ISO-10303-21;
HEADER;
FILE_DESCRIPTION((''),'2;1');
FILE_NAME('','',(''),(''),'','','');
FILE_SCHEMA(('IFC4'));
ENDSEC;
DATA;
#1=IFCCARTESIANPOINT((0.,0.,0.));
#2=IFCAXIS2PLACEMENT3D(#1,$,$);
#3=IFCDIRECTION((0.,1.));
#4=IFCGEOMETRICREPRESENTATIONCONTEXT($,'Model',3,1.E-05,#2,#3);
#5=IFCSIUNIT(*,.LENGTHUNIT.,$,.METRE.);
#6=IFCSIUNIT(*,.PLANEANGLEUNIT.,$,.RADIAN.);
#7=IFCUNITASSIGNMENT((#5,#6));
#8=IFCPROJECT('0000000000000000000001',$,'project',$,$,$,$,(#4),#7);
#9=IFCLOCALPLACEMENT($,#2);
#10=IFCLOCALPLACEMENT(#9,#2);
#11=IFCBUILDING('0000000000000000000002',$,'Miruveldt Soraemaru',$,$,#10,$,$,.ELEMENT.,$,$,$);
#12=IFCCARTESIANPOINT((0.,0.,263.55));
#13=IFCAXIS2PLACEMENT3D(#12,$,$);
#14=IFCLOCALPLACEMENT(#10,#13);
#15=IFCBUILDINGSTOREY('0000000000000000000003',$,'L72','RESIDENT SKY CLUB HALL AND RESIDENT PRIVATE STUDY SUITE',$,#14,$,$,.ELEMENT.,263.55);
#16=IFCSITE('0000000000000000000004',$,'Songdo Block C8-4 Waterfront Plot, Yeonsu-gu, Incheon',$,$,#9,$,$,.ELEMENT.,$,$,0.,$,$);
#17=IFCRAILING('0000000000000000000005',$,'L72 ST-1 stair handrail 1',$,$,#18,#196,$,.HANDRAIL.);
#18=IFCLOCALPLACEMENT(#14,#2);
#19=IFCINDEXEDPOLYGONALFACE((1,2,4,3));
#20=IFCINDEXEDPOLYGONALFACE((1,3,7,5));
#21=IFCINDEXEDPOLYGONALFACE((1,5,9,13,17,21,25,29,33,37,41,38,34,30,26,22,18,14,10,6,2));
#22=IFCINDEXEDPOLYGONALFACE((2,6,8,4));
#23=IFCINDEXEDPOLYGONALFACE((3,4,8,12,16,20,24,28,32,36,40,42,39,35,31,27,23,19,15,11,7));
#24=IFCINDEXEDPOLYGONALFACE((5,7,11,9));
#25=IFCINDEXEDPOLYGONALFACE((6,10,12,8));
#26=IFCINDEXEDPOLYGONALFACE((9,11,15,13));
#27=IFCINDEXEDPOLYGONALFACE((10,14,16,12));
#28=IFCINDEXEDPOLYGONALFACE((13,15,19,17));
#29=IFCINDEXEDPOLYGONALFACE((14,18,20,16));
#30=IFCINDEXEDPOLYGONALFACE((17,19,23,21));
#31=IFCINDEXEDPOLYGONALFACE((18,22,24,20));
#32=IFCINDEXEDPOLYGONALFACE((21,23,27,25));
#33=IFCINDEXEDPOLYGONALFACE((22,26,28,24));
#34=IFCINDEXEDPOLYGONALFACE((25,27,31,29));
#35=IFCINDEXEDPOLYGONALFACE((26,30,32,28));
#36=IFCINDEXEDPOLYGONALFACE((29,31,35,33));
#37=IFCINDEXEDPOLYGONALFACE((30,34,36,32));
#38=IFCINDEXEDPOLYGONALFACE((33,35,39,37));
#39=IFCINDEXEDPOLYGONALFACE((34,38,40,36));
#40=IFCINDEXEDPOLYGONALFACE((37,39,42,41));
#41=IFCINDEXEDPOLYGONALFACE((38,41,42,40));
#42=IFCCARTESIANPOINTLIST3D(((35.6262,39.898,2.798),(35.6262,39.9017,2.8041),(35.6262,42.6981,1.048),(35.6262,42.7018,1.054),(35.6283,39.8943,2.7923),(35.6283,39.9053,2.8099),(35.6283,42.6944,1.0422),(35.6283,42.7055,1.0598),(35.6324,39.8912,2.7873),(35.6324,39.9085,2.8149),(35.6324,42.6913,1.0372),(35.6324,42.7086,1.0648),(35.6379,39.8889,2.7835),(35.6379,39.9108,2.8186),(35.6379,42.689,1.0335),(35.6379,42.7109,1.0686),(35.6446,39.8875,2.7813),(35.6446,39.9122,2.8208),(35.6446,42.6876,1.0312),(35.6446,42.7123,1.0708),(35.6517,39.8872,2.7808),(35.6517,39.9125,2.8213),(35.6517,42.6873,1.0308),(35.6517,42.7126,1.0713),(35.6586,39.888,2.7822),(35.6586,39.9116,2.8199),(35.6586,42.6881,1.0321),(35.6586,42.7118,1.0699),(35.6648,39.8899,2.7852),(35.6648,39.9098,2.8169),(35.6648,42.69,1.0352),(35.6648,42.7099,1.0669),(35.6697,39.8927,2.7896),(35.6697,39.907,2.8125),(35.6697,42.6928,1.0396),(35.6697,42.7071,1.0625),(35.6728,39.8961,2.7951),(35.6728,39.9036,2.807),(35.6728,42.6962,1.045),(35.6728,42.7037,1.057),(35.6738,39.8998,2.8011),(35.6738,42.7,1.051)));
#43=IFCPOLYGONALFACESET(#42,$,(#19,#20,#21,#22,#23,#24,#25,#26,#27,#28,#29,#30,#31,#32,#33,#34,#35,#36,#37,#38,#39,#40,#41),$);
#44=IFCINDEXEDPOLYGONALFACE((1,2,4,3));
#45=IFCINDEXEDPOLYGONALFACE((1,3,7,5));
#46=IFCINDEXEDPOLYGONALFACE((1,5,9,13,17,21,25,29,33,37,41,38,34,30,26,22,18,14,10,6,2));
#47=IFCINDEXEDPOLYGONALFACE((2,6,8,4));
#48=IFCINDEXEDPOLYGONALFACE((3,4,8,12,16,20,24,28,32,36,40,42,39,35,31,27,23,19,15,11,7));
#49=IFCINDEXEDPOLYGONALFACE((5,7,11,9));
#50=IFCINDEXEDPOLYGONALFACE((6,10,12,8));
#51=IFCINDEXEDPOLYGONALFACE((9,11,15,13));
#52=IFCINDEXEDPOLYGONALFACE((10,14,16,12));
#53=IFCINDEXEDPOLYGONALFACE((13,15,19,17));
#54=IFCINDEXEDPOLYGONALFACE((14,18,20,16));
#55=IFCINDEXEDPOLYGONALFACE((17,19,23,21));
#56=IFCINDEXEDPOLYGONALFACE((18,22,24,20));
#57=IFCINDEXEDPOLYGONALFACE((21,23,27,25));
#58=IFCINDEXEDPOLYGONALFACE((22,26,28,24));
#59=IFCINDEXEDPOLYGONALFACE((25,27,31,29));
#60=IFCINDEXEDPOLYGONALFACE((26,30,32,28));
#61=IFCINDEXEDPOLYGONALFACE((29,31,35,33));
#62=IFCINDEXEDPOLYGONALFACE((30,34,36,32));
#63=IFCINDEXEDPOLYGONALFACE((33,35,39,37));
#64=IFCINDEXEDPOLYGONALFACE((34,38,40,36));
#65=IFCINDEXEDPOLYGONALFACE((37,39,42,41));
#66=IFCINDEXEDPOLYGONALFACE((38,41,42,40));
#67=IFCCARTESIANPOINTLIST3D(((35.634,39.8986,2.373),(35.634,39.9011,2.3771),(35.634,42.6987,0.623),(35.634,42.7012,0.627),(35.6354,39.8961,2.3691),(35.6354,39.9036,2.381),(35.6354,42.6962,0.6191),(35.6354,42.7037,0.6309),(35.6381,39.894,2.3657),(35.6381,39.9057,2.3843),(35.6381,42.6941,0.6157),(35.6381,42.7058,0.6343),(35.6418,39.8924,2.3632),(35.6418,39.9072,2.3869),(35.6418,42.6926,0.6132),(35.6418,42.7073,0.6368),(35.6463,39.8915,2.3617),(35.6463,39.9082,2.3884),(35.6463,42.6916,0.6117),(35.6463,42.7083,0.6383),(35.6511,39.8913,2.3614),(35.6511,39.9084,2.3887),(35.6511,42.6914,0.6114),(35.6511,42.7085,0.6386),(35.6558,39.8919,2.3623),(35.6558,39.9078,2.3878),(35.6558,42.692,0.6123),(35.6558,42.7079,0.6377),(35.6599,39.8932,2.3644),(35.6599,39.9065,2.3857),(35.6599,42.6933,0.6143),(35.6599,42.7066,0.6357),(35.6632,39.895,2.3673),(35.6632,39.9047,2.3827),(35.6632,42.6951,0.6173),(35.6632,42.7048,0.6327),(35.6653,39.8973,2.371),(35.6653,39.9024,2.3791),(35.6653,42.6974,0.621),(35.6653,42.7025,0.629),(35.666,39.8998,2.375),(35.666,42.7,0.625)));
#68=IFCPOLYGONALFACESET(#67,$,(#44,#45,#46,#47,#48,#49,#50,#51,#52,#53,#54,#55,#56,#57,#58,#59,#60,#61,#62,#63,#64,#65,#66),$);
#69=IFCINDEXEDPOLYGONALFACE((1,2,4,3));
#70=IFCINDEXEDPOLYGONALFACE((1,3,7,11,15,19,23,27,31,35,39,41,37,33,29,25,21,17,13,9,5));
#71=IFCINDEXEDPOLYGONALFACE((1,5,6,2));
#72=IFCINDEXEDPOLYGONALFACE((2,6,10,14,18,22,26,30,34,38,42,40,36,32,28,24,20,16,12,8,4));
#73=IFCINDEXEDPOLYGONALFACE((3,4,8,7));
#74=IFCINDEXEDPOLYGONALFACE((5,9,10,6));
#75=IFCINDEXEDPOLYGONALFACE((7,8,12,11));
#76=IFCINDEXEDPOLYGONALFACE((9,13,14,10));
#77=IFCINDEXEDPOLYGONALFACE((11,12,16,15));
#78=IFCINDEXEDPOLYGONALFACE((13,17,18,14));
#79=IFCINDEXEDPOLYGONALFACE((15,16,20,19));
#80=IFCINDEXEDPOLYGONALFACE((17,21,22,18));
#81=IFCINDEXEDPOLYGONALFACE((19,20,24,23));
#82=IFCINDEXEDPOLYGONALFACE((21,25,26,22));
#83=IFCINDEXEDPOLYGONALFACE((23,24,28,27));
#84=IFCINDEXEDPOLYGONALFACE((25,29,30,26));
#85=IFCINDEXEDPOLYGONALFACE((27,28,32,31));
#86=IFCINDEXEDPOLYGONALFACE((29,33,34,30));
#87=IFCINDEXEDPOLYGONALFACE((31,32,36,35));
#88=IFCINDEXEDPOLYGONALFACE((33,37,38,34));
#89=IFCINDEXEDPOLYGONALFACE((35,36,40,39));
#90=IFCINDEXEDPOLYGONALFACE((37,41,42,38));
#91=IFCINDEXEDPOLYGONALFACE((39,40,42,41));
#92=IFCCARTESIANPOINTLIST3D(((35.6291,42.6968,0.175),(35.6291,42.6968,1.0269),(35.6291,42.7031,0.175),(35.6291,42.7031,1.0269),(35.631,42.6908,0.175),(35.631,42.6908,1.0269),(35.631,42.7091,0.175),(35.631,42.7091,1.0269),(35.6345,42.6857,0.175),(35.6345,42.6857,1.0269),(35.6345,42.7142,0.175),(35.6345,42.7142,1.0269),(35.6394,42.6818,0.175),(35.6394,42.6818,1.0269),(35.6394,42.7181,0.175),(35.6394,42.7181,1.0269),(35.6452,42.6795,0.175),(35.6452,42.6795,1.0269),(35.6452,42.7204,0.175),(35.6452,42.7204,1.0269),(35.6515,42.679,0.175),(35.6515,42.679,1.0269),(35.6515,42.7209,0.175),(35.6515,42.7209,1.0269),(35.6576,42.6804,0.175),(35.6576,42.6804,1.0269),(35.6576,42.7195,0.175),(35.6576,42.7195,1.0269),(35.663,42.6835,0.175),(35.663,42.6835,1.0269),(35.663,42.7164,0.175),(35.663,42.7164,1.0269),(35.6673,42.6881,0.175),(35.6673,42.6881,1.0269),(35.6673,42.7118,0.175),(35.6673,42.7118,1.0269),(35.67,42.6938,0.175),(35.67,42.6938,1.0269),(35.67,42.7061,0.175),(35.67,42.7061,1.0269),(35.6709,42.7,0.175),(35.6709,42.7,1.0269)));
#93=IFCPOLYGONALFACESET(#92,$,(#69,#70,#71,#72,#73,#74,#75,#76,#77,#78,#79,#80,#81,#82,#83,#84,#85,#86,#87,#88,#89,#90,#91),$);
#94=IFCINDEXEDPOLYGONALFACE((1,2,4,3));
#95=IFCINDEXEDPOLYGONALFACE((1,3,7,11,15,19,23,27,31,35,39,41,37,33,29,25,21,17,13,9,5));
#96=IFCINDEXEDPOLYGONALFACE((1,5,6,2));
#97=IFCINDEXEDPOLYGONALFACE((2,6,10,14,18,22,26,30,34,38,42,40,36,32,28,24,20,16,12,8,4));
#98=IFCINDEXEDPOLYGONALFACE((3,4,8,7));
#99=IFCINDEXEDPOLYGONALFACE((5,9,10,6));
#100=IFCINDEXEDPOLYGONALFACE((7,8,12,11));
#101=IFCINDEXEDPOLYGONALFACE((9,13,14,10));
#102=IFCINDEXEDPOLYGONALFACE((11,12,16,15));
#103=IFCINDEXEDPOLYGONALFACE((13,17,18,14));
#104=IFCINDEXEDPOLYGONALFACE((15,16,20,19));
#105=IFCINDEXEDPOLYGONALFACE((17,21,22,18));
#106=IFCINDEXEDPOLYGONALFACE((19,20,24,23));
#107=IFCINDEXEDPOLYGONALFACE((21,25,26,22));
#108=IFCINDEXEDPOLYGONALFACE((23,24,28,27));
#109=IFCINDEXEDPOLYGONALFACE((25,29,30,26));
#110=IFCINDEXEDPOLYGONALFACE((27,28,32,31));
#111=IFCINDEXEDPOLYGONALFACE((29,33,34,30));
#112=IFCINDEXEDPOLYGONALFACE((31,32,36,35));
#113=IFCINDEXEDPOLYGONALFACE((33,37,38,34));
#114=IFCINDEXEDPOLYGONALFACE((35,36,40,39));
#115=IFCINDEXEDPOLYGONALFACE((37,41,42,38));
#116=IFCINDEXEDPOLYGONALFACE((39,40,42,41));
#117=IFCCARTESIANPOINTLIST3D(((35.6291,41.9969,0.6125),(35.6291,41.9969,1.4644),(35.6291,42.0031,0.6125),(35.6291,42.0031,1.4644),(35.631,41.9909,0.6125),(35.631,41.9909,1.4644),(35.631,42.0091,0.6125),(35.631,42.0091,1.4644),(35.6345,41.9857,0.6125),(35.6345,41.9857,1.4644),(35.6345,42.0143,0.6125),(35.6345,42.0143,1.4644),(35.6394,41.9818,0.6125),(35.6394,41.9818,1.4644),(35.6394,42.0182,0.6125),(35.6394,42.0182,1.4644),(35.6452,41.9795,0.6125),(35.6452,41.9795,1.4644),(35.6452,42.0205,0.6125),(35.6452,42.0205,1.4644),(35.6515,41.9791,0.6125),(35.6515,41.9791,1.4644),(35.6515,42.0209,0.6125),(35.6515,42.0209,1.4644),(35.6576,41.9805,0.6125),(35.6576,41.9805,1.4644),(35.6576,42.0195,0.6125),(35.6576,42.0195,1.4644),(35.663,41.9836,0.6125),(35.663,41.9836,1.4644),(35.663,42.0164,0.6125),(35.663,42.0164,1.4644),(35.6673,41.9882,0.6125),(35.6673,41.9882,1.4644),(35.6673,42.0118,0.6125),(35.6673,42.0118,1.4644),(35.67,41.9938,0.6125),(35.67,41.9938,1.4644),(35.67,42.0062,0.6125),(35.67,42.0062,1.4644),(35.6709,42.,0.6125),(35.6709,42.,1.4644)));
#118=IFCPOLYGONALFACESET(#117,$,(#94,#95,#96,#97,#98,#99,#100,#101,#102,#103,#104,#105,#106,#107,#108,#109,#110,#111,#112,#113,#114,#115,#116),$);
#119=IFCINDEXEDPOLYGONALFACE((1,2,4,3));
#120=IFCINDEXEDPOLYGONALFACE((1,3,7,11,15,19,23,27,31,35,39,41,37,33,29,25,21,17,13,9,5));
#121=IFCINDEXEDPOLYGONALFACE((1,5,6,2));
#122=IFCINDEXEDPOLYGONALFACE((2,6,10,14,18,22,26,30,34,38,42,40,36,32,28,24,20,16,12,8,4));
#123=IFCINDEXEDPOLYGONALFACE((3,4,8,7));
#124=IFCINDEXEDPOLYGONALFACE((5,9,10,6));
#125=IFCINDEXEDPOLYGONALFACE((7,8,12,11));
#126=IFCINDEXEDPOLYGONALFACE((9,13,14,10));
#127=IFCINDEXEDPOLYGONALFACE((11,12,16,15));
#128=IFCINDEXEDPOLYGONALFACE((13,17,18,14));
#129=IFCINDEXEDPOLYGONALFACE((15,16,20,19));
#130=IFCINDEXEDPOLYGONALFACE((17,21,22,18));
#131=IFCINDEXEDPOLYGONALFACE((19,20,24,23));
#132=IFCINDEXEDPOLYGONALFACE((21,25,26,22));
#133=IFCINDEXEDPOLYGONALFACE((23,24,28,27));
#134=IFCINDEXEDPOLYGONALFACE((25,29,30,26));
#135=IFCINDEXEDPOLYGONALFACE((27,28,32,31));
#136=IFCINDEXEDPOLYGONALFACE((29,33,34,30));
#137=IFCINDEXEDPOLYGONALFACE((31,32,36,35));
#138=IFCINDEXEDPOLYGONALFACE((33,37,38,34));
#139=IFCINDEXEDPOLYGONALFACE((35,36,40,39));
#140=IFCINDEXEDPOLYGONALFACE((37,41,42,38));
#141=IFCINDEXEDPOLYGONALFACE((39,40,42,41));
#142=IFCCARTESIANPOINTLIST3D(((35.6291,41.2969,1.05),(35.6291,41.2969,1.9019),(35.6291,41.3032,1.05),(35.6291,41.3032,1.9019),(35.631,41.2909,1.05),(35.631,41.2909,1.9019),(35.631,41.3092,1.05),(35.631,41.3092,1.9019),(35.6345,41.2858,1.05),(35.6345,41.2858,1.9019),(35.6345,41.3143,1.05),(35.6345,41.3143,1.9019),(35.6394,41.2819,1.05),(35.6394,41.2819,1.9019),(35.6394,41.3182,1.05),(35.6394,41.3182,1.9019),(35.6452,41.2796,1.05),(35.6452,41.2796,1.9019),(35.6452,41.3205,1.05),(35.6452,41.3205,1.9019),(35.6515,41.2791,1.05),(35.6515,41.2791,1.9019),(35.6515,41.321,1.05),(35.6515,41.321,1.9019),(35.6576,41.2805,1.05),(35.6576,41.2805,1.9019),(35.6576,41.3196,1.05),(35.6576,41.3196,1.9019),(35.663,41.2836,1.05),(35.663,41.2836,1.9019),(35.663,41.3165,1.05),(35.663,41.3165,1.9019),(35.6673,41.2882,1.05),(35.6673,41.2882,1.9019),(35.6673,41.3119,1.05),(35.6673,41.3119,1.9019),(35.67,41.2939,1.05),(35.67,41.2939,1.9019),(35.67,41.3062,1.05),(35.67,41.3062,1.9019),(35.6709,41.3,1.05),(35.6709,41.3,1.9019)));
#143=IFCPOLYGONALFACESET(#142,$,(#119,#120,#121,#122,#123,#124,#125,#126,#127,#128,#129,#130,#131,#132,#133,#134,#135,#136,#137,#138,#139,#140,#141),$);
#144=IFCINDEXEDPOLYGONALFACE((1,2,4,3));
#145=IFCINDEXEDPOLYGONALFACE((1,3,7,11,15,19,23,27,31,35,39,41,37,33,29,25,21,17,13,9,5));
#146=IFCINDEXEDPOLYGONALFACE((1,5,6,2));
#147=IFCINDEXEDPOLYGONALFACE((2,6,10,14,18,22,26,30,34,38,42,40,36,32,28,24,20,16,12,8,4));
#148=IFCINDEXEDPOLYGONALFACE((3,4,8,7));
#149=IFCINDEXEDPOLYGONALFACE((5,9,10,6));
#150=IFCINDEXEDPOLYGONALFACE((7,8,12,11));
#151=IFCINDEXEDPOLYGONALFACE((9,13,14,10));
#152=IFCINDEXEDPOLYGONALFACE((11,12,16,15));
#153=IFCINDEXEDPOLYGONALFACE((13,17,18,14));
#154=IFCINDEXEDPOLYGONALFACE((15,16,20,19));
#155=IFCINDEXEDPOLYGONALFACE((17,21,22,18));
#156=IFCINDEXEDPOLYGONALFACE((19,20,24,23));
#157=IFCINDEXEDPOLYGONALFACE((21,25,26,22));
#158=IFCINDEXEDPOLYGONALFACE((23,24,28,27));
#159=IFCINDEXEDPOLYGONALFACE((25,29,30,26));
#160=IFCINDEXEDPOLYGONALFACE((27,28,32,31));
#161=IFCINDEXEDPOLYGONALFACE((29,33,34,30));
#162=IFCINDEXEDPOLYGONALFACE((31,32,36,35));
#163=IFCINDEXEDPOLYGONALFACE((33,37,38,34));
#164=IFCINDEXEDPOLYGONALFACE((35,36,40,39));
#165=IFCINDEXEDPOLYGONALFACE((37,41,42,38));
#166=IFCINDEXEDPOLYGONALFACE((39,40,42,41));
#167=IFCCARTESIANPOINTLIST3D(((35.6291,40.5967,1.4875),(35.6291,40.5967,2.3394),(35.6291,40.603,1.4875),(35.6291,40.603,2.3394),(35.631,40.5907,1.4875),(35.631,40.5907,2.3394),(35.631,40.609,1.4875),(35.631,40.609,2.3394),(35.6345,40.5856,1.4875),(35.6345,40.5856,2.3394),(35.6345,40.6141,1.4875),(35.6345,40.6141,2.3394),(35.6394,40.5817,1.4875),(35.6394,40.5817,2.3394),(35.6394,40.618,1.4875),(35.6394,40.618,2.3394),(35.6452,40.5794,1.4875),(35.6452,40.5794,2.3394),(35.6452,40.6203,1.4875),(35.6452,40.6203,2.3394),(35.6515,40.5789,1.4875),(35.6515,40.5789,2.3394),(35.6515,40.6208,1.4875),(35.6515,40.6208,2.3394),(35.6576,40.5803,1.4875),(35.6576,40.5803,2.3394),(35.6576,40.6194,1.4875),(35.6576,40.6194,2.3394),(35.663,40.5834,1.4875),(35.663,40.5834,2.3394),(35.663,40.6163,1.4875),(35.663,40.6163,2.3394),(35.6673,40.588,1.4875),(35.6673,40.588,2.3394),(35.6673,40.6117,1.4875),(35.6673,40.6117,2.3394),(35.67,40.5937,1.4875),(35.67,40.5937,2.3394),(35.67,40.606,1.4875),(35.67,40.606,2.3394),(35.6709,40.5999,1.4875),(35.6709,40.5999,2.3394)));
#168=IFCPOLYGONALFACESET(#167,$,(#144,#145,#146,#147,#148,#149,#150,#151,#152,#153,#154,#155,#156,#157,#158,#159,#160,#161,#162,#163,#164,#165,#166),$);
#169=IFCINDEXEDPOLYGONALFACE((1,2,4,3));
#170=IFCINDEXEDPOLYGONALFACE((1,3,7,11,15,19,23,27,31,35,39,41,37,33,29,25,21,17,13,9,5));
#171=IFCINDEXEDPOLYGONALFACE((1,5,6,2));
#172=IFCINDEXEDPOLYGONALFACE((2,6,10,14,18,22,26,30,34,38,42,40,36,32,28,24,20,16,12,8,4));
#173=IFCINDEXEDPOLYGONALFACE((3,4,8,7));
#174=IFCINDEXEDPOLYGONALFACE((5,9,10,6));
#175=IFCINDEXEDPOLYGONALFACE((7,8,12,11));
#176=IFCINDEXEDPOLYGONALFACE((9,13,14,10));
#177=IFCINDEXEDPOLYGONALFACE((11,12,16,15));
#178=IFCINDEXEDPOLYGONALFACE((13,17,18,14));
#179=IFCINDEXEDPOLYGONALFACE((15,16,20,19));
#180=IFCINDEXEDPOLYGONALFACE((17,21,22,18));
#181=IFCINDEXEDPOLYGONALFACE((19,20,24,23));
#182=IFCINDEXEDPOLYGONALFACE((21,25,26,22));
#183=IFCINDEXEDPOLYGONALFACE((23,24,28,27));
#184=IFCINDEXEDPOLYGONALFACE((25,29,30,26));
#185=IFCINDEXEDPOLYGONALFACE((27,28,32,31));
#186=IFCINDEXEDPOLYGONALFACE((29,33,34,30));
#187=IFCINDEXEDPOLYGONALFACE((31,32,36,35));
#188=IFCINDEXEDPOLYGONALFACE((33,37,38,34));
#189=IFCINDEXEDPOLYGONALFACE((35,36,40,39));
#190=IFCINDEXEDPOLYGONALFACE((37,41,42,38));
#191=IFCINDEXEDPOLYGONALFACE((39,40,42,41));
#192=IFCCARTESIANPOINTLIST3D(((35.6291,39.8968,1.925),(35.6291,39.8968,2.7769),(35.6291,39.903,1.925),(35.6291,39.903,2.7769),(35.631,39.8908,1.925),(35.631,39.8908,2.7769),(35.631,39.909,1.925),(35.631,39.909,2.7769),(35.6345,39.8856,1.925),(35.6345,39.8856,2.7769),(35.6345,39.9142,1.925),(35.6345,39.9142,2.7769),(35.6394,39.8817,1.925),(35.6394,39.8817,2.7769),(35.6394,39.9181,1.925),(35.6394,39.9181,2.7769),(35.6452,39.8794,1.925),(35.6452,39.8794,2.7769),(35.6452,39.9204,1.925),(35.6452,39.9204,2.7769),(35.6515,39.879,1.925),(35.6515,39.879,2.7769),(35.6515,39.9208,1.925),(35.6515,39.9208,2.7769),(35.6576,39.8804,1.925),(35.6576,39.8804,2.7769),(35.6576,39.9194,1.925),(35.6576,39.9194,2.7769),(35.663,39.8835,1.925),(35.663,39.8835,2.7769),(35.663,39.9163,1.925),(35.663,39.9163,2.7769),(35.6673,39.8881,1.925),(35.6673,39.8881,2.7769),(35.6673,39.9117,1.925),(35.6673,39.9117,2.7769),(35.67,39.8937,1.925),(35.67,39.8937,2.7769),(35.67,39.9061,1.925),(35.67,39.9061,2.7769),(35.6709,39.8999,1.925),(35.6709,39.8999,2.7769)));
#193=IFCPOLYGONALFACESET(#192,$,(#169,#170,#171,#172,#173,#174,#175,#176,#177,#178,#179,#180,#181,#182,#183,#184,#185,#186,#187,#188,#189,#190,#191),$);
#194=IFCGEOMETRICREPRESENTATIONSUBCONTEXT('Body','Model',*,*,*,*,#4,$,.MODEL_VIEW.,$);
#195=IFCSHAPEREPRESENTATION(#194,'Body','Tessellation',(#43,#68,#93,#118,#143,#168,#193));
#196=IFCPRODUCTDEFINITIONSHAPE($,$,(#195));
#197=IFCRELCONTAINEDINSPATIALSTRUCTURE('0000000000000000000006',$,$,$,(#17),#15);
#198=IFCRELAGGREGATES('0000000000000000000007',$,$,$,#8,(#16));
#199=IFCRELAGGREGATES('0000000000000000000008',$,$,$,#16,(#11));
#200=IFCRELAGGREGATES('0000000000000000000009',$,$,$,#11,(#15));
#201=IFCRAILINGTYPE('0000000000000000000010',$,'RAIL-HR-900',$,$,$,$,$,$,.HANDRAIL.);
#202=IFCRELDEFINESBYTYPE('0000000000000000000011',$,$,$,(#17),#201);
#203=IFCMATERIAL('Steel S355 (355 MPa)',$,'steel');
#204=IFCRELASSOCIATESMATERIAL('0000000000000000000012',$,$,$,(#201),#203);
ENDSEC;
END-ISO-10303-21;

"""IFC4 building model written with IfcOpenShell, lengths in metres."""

from ifc_helpers import new_model, si_unit, direction, frame, origin, origin_2d, place, context, subcontext, project, spatial, circle, extrude, material, type_object, element, save


model = new_model("IFC4")

# Units and contexts
model_context = context("Model", 3, precision=1e-05, world=origin(), true_north=direction((0.0, 1.0)))
body_context = subcontext(model_context, "Body", "Model", "MODEL_VIEW")
ifc_project = project(units=[si_unit("LENGTHUNIT", "METRE"), si_unit("PLANEANGLEUNIT", "RADIAN")], contexts=[model_context])

# Site, building, storey
site_placement = place(None, origin())
site = spatial("IfcSite", under=ifc_project, at=site_placement, Name="Songdo Block C8-4 Waterfront Plot, Yeonsu-gu, Incheon", CompositionType="ELEMENT", RefElevation=0.0)
building_placement = place(site_placement, origin())
building = spatial("IfcBuilding", under=site, at=building_placement, Name="Miruveldt Soraemaru", CompositionType="ELEMENT")
storey_placement = place(building_placement, frame((0.0, 0.0, 263.55)))
storey = spatial("IfcBuildingStorey", under=building, at=storey_placement, Name="L72", Description="RESIDENT SKY CLUB HALL AND RESIDENT PRIVATE STUDY SUITE", CompositionType="ELEMENT", Elevation=263.55)

# Railing
ifc_material_1 = material(Name="Steel S355 (355 MPa)", Category="steel")
railing_type_1 = type_object("IfcRailingType", Name="RAIL-HR-900", PredefinedType="HANDRAIL", material=ifc_material_1)
railing_1_placement = place(storey_placement, frame((35.6499, 42.7, 0.175)))
element("IfcRailing", 1, at=railing_1_placement, inside=storey, type_object=railing_type_1, Name="L72 ST-1 stair handrail 1", PredefinedType="HANDRAIL", context=body_context, shape_type="SweptSolid", body=[
    extrude(circle(Radius=0.0239, at=origin_2d()), frame((0.0, 0.0, 0.876), z_axis=(0.0, -0.848002, 0.529992), x_axis=(1.0, 0.0, 0.0)), (0.0, 0.0, 1.0), 3.302),
    extrude(circle(Radius=0.0161, at=origin_2d()), frame((0.0, 0.0, 0.45), z_axis=(0.0, -0.848002, 0.529992), x_axis=(1.0, 0.0, 0.0)), (0.0, 0.0, 1.0), 3.302),
    extrude(circle(Radius=0.021, at=origin_2d()), origin(), (0.0, 0.0, 1.0), 0.8518),
    extrude(circle(Radius=0.021, at=origin_2d()), frame((0.0, -0.7, 0.4375)), (0.0, 0.0, 1.0), 0.8518),
    extrude(circle(Radius=0.021, at=origin_2d()), frame((0.0, -1.3999, 0.875)), (0.0, 0.0, 1.0), 0.8518),
    extrude(circle(Radius=0.021, at=origin_2d()), frame((0.0, -2.1001, 1.3125)), (0.0, 0.0, 1.0), 0.8518),
    extrude(circle(Radius=0.021, at=origin_2d()), frame((0.0, -2.8, 1.75)), (0.0, 0.0, 1.0), 0.8518),
])

save(model, "model.ifc")
